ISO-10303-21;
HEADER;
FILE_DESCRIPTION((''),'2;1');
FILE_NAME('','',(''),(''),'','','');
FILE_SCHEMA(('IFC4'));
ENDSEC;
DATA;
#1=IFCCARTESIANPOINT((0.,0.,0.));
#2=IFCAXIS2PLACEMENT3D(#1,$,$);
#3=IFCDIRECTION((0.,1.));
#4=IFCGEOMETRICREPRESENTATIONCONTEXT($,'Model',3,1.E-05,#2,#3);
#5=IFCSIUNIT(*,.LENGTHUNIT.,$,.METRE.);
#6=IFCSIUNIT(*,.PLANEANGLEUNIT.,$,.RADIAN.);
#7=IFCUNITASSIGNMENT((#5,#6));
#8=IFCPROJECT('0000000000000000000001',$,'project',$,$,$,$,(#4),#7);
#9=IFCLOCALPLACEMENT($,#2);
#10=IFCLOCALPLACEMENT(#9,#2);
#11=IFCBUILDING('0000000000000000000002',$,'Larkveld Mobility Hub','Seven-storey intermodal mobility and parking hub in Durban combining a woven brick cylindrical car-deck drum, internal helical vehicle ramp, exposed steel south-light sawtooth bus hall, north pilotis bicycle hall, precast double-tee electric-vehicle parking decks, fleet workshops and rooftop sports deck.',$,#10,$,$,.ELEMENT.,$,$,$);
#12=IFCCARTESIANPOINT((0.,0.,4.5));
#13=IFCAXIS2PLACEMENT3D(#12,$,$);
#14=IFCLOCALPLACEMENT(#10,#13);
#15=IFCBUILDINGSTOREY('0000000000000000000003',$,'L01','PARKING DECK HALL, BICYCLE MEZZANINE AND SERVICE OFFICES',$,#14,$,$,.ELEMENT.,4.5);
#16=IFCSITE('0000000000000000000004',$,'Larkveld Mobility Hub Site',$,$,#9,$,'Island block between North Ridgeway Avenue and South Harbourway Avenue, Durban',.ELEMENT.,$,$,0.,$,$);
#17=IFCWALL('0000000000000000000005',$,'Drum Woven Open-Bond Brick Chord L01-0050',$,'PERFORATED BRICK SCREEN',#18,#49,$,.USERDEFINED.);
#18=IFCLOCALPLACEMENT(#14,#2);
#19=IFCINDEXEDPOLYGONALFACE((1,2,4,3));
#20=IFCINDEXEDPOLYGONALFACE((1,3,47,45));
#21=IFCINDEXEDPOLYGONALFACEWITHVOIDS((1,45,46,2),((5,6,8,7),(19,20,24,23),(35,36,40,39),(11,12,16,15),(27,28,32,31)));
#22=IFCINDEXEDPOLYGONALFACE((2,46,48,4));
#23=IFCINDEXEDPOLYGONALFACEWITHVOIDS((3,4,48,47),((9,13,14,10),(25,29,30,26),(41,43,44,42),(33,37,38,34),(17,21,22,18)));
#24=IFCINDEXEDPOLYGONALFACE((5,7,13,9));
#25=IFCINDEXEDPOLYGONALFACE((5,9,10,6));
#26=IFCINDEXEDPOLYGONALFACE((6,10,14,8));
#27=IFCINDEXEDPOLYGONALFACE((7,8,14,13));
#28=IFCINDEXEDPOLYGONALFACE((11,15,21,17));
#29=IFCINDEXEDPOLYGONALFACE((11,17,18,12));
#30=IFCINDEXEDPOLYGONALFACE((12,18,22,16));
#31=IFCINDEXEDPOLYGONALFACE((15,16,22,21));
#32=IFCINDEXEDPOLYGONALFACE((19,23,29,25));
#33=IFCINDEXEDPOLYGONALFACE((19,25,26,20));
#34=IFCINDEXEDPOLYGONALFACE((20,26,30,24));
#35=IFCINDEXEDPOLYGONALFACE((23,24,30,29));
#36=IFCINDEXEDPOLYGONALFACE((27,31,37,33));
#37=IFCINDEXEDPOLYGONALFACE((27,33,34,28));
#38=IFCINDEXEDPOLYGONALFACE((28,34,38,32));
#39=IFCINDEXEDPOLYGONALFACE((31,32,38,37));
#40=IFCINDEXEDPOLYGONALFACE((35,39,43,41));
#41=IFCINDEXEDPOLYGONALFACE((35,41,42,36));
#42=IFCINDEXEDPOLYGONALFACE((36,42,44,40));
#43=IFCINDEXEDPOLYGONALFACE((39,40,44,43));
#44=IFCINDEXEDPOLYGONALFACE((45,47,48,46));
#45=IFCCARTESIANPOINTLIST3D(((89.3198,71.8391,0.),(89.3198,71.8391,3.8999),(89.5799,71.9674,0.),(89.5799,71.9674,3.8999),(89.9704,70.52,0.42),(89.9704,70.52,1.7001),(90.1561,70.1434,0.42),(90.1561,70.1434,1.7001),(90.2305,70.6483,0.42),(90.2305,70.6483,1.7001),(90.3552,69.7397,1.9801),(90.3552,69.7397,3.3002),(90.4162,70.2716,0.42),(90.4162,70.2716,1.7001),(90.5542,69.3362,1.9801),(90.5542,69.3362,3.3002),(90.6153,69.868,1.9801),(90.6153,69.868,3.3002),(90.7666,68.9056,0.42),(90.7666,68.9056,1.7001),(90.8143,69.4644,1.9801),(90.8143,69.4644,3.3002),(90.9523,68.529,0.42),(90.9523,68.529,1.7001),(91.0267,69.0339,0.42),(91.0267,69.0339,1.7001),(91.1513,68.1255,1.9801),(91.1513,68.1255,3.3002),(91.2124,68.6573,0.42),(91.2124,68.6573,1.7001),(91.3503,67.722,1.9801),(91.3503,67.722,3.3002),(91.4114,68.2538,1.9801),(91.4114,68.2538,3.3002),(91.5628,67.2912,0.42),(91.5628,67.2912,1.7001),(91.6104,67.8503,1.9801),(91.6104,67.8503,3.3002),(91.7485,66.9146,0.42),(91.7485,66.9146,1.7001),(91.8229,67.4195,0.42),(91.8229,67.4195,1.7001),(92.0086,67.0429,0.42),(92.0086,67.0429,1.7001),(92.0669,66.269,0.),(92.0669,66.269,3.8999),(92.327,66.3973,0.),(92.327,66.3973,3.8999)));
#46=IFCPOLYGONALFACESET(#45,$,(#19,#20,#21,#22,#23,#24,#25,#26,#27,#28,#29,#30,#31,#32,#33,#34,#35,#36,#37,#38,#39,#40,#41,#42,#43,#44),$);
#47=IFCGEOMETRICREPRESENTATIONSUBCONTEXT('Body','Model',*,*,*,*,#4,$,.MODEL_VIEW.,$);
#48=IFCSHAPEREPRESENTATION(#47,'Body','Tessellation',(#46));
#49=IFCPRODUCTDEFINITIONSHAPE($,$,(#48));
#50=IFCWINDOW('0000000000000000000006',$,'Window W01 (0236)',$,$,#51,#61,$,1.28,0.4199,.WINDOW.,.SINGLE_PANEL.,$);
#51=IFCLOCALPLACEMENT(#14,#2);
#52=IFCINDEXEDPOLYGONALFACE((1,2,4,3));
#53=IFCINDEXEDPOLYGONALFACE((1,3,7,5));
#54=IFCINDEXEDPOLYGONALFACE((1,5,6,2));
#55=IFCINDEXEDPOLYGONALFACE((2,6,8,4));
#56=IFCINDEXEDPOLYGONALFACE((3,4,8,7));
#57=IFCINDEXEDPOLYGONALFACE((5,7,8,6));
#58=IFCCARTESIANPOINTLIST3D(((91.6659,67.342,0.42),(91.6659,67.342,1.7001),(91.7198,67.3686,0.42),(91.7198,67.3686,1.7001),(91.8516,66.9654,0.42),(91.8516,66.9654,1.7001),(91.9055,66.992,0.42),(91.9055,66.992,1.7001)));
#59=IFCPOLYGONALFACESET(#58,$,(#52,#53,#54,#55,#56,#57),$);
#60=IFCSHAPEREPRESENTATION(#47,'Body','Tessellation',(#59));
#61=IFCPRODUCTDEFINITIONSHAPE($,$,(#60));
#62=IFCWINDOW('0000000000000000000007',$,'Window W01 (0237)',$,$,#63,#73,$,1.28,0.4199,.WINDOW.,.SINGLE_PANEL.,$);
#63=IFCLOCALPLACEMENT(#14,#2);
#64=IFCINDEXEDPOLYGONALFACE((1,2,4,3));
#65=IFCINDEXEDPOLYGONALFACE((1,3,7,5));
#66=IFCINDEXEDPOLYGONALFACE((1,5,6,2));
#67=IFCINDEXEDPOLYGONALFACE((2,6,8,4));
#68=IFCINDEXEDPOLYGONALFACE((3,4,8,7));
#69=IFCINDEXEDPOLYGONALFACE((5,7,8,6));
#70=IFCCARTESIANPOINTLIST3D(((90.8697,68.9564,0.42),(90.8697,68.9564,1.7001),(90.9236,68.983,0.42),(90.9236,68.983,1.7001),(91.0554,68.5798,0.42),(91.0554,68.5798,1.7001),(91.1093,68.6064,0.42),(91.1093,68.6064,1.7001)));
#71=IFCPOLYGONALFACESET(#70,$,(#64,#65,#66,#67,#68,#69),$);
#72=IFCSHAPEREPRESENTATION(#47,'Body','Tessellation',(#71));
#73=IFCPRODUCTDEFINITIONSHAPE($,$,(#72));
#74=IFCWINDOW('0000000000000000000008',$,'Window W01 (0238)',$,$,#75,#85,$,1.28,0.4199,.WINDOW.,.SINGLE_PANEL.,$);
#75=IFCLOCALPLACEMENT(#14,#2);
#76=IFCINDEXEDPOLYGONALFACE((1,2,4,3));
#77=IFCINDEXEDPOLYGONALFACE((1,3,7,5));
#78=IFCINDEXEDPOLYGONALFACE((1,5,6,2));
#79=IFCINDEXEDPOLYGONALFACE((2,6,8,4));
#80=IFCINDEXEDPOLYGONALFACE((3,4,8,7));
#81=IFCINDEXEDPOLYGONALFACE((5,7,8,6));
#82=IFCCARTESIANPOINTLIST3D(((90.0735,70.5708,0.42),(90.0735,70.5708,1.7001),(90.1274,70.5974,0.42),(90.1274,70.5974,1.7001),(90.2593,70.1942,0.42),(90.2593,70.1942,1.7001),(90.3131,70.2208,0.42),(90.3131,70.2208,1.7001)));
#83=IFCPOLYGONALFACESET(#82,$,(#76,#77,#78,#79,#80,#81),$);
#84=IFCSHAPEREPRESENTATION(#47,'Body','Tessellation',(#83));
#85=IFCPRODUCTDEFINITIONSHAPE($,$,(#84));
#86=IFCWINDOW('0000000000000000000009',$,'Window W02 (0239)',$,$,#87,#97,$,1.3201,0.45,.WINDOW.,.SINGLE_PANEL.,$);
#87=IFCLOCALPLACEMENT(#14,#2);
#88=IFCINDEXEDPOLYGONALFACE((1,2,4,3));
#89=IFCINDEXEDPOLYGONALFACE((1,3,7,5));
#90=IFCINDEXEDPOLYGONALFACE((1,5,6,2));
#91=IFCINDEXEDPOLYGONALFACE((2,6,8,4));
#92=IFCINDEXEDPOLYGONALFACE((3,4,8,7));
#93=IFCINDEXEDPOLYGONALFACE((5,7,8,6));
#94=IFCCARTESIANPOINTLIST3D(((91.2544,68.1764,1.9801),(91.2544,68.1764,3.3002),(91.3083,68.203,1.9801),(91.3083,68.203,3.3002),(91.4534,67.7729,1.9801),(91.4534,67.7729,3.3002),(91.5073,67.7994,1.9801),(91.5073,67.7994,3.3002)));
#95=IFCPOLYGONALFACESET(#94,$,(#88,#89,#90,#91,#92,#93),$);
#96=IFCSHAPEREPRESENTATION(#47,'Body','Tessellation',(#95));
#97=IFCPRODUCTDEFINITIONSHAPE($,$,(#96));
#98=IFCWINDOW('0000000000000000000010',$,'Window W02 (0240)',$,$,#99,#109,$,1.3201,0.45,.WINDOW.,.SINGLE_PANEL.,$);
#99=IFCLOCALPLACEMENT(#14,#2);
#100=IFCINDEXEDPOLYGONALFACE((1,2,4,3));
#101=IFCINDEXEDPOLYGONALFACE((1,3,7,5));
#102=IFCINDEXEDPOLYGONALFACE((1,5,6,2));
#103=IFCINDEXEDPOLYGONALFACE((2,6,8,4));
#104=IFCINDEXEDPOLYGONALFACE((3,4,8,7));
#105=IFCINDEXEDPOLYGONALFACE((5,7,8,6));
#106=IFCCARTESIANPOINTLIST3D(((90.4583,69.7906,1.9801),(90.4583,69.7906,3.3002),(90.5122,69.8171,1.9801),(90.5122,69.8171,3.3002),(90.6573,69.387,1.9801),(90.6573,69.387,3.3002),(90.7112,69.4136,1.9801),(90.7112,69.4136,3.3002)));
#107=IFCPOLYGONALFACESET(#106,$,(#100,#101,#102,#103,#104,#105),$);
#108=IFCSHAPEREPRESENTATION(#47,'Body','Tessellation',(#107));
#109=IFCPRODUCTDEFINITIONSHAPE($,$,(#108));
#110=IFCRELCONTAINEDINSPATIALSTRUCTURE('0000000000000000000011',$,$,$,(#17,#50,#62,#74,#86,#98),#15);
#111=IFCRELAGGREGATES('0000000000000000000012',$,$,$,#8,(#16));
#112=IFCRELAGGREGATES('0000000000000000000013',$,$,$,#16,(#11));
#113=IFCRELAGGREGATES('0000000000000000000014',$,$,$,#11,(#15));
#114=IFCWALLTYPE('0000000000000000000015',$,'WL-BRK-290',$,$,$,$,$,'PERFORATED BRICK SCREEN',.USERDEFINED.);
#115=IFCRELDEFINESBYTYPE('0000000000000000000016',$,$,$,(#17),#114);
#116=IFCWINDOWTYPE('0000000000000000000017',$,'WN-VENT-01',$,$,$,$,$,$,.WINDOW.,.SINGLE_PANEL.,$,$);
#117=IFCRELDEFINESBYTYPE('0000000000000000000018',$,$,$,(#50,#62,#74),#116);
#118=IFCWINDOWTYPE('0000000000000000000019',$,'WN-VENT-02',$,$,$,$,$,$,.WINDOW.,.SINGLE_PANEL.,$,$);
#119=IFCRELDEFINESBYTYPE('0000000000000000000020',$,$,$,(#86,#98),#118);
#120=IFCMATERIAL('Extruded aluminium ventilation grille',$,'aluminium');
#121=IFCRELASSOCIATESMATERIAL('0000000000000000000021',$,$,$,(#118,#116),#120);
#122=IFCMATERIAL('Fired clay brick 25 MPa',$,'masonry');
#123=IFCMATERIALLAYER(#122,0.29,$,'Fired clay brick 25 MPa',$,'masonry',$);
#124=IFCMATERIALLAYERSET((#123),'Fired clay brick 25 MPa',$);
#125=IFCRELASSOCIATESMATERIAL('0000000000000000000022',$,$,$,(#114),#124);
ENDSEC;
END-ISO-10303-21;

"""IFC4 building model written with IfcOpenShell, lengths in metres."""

from ifc_helpers import new_model, si_unit, direction, frame, frame_2d, origin, place, context, subcontext, project, spatial, rectangle, extrude, material, layer, layer_set, type_object, element, fill, save


model = new_model("IFC4")

# Units and contexts
model_context = context("Model", 3, precision=1e-05, world=origin(), true_north=direction((0.0, 1.0)))
body_context = subcontext(model_context, "Body", "Model", "MODEL_VIEW")
ifc_project = project(units=[si_unit("LENGTHUNIT", "METRE"), si_unit("PLANEANGLEUNIT", "RADIAN")], contexts=[model_context])

# Site, building, storey
site_placement = place(None, origin())
site = spatial("IfcSite", under=ifc_project, at=site_placement, Name="Larkveld Mobility Hub Site", LongName="Island block between North Ridgeway Avenue and South Harbourway Avenue, Durban", CompositionType="ELEMENT", RefElevation=0.0)
building_placement = place(site_placement, origin())
building = spatial("IfcBuilding", under=site, at=building_placement, Name="Larkveld Mobility Hub", Description="Seven-storey intermodal mobility and parking hub in Durban combining a woven brick cylindrical car-deck drum, internal helical vehicle ramp, exposed steel south-light sawtooth bus hall, north pilotis bicycle hall, precast double-tee electric-vehicle parking decks, fleet workshops and rooftop sports deck.", CompositionType="ELEMENT")
storey_placement = place(building_placement, frame((0.0, 0.0, 4.5)))
storey = spatial("IfcBuildingStorey", under=building, at=storey_placement, Name="L01", Description="PARKING DECK HALL, BICYCLE MEZZANINE AND SERVICE OFFICES", CompositionType="ELEMENT", Elevation=4.5)

# Shared definitions
ifc_material_1 = material(Name="Fired clay brick 25 MPa", Category="masonry")
ifc_material_2 = material(Name="Extruded aluminium ventilation grille", Category="aluminium")
window_type_1 = type_object("IfcWindowType", Name="WN-VENT-02", PartitioningType="SINGLE_PANEL", PredefinedType="WINDOW", material=ifc_material_2)
window_type_2 = type_object("IfcWindowType", Name="WN-VENT-01", PartitioningType="SINGLE_PANEL", PredefinedType="WINDOW", material=ifc_material_2)

# Wall, openings, windows
ifc_layer_1 = layer(ifc_material_1, 0.29, Name="Fired clay brick 25 MPa", Category="masonry")
ifc_layer_set_1 = layer_set([ifc_layer_1], Name="Fired clay brick 25 MPa")
wall_type_1 = type_object("IfcWallType", Name="WL-BRK-290", ElementType="PERFORATED BRICK SCREEN", PredefinedType="USERDEFINED", material=ifc_layer_set_1)
wall_1_placement = place(storey_placement, frame((92.197, 66.333, 0.0), z_axis=(0.0, 0.0, 1.0), x_axis=(-0.442317, 0.896859, 0.0)))
wall_1 = element("IfcWall", 1, at=wall_1_placement, inside=storey, type_object=wall_type_1, Name="Drum Woven Open-Bond Brick Chord L01-0050", ObjectType="PERFORATED BRICK SCREEN", PredefinedType="USERDEFINED", context=body_context, shape_type="SweptSolid", body=[
    extrude(rectangle(XDim=6.2107, YDim=0.29, at=frame_2d((3.1055, 0.0))), origin(), (0.0, 0.0, 1.0), 3.8999),
])
opening_1_placement = place(wall_1_placement, frame((0.72, 0.0, 0.4199)))
opening_1 = element("IfcOpeningElement", 2, at=opening_1_placement, cuts=wall_1, PredefinedType="OPENING", context=body_context, shape_type="SweptSolid", body=[
    extrude(rectangle(XDim=0.4199, YDim=1.28, at=frame_2d((0.21, 0.6401))), frame((0.0, 0.155, 0.0), z_axis=(0.0, -1.0, 0.0), x_axis=(1.0, 0.0, 0.0)), (0.0, 0.0, 1.0), 0.3101),
])
opening_2_placement = place(wall_1_placement, frame((2.52, 0.0, 0.4199)))
opening_2 = element("IfcOpeningElement", 3, at=opening_2_placement, cuts=wall_1, PredefinedType="OPENING", context=body_context, shape_type="SweptSolid", body=[
    extrude(rectangle(XDim=0.4199, YDim=1.28, at=frame_2d((0.21, 0.6401))), frame((0.0, 0.155, 0.0), z_axis=(0.0, -1.0, 0.0), x_axis=(1.0, 0.0, 0.0)), (0.0, 0.0, 1.0), 0.3101),
])
opening_3_placement = place(wall_1_placement, frame((4.3201, 0.0, 0.4199)))
opening_3 = element("IfcOpeningElement", 4, at=opening_3_placement, cuts=wall_1, PredefinedType="OPENING", context=body_context, shape_type="SweptSolid", body=[
    extrude(rectangle(XDim=0.4199, YDim=1.28, at=frame_2d((0.21, 0.6401))), frame((0.0, 0.155, 0.0), z_axis=(0.0, -1.0, 0.0), x_axis=(1.0, 0.0, 0.0)), (0.0, 0.0, 1.0), 0.3101),
])
opening_4_placement = place(wall_1_placement, frame((1.6201, 0.0, 1.98)))
opening_4 = element("IfcOpeningElement", 5, at=opening_4_placement, cuts=wall_1, PredefinedType="OPENING", context=body_context, shape_type="SweptSolid", body=[
    extrude(rectangle(XDim=0.45, YDim=1.3201, at=frame_2d((0.2251, 0.6602))), frame((0.0, 0.155, 0.0), z_axis=(0.0, -1.0, 0.0), x_axis=(1.0, 0.0, 0.0)), (0.0, 0.0, 1.0), 0.3101),
])
opening_5_placement = place(wall_1_placement, frame((3.4199, 0.0, 1.98)))
opening_5 = element("IfcOpeningElement", 6, at=opening_5_placement, cuts=wall_1, PredefinedType="OPENING", context=body_context, shape_type="SweptSolid", body=[
    extrude(rectangle(XDim=0.45, YDim=1.3201, at=frame_2d((0.2251, 0.6602))), frame((0.0, 0.155, 0.0), z_axis=(0.0, -1.0, 0.0), x_axis=(1.0, 0.0, 0.0)), (0.0, 0.0, 1.0), 0.3101),
])
window_1_placement = place(opening_1_placement, origin())
window_1 = element("IfcWindow", 7, at=window_1_placement, inside=storey, type_object=window_type_2, Name="Window W01 (0236)", OverallHeight=1.28, OverallWidth=0.4199, PartitioningType="SINGLE_PANEL", PredefinedType="WINDOW", context=body_context, shape_type="SweptSolid", body=[
    extrude(rectangle(XDim=0.4199, YDim=1.28, at=frame_2d((0.21, 0.6401))), frame((0.0, 0.03, 0.0), z_axis=(0.0, -1.0, 0.0), x_axis=(1.0, 0.0, 0.0)), (0.0, 0.0, 1.0), 0.0601),
])
fill(opening_1, window_1)
window_2_placement = place(opening_2_placement, origin())
window_2 = element("IfcWindow", 8, at=window_2_placement, inside=storey, type_object=window_type_2, Name="Window W01 (0237)", OverallHeight=1.28, OverallWidth=0.4199, PartitioningType="SINGLE_PANEL", PredefinedType="WINDOW", context=body_context, shape_type="SweptSolid", body=[
    extrude(rectangle(XDim=0.4199, YDim=1.28, at=frame_2d((0.21, 0.6401))), frame((0.0, 0.03, 0.0), z_axis=(0.0, -1.0, 0.0), x_axis=(1.0, 0.0, 0.0)), (0.0, 0.0, 1.0), 0.0601),
])
fill(opening_2, window_2)
window_3_placement = place(opening_3_placement, origin())
window_3 = element("IfcWindow", 9, at=window_3_placement, inside=storey, type_object=window_type_2, Name="Window W01 (0238)", OverallHeight=1.28, OverallWidth=0.4199, PartitioningType="SINGLE_PANEL", PredefinedType="WINDOW", context=body_context, shape_type="SweptSolid", body=[
    extrude(rectangle(XDim=0.4199, YDim=1.28, at=frame_2d((0.21, 0.6401))), frame((0.0, 0.03, 0.0), z_axis=(0.0, -1.0, 0.0), x_axis=(1.0, 0.0, 0.0)), (0.0, 0.0, 1.0), 0.0601),
])
fill(opening_3, window_3)
window_4_placement = place(opening_4_placement, origin())
window_4 = element("IfcWindow", 10, at=window_4_placement, inside=storey, type_object=window_type_1, Name="Window W02 (0239)", OverallHeight=1.3201, OverallWidth=0.45, PartitioningType="SINGLE_PANEL", PredefinedType="WINDOW", context=body_context, shape_type="SweptSolid", body=[
    extrude(rectangle(XDim=0.45, YDim=1.3201, at=frame_2d((0.2251, 0.6602))), frame((0.0, 0.03, 0.0), z_axis=(0.0, -1.0, 0.0), x_axis=(1.0, 0.0, 0.0)), (0.0, 0.0, 1.0), 0.0601),
])
fill(opening_4, window_4)
window_5_placement = place(opening_5_placement, origin())
window_5 = element("IfcWindow", 11, at=window_5_placement, inside=storey, type_object=window_type_1, Name="Window W02 (0240)", OverallHeight=1.3201, OverallWidth=0.45, PartitioningType="SINGLE_PANEL", PredefinedType="WINDOW", context=body_context, shape_type="SweptSolid", body=[
    extrude(rectangle(XDim=0.45, YDim=1.3201, at=frame_2d((0.2251, 0.6602))), frame((0.0, 0.03, 0.0), z_axis=(0.0, -1.0, 0.0), x_axis=(1.0, 0.0, 0.0)), (0.0, 0.0, 1.0), 0.0601),
])
fill(opening_5, window_5)

save(model, "model.ifc")
